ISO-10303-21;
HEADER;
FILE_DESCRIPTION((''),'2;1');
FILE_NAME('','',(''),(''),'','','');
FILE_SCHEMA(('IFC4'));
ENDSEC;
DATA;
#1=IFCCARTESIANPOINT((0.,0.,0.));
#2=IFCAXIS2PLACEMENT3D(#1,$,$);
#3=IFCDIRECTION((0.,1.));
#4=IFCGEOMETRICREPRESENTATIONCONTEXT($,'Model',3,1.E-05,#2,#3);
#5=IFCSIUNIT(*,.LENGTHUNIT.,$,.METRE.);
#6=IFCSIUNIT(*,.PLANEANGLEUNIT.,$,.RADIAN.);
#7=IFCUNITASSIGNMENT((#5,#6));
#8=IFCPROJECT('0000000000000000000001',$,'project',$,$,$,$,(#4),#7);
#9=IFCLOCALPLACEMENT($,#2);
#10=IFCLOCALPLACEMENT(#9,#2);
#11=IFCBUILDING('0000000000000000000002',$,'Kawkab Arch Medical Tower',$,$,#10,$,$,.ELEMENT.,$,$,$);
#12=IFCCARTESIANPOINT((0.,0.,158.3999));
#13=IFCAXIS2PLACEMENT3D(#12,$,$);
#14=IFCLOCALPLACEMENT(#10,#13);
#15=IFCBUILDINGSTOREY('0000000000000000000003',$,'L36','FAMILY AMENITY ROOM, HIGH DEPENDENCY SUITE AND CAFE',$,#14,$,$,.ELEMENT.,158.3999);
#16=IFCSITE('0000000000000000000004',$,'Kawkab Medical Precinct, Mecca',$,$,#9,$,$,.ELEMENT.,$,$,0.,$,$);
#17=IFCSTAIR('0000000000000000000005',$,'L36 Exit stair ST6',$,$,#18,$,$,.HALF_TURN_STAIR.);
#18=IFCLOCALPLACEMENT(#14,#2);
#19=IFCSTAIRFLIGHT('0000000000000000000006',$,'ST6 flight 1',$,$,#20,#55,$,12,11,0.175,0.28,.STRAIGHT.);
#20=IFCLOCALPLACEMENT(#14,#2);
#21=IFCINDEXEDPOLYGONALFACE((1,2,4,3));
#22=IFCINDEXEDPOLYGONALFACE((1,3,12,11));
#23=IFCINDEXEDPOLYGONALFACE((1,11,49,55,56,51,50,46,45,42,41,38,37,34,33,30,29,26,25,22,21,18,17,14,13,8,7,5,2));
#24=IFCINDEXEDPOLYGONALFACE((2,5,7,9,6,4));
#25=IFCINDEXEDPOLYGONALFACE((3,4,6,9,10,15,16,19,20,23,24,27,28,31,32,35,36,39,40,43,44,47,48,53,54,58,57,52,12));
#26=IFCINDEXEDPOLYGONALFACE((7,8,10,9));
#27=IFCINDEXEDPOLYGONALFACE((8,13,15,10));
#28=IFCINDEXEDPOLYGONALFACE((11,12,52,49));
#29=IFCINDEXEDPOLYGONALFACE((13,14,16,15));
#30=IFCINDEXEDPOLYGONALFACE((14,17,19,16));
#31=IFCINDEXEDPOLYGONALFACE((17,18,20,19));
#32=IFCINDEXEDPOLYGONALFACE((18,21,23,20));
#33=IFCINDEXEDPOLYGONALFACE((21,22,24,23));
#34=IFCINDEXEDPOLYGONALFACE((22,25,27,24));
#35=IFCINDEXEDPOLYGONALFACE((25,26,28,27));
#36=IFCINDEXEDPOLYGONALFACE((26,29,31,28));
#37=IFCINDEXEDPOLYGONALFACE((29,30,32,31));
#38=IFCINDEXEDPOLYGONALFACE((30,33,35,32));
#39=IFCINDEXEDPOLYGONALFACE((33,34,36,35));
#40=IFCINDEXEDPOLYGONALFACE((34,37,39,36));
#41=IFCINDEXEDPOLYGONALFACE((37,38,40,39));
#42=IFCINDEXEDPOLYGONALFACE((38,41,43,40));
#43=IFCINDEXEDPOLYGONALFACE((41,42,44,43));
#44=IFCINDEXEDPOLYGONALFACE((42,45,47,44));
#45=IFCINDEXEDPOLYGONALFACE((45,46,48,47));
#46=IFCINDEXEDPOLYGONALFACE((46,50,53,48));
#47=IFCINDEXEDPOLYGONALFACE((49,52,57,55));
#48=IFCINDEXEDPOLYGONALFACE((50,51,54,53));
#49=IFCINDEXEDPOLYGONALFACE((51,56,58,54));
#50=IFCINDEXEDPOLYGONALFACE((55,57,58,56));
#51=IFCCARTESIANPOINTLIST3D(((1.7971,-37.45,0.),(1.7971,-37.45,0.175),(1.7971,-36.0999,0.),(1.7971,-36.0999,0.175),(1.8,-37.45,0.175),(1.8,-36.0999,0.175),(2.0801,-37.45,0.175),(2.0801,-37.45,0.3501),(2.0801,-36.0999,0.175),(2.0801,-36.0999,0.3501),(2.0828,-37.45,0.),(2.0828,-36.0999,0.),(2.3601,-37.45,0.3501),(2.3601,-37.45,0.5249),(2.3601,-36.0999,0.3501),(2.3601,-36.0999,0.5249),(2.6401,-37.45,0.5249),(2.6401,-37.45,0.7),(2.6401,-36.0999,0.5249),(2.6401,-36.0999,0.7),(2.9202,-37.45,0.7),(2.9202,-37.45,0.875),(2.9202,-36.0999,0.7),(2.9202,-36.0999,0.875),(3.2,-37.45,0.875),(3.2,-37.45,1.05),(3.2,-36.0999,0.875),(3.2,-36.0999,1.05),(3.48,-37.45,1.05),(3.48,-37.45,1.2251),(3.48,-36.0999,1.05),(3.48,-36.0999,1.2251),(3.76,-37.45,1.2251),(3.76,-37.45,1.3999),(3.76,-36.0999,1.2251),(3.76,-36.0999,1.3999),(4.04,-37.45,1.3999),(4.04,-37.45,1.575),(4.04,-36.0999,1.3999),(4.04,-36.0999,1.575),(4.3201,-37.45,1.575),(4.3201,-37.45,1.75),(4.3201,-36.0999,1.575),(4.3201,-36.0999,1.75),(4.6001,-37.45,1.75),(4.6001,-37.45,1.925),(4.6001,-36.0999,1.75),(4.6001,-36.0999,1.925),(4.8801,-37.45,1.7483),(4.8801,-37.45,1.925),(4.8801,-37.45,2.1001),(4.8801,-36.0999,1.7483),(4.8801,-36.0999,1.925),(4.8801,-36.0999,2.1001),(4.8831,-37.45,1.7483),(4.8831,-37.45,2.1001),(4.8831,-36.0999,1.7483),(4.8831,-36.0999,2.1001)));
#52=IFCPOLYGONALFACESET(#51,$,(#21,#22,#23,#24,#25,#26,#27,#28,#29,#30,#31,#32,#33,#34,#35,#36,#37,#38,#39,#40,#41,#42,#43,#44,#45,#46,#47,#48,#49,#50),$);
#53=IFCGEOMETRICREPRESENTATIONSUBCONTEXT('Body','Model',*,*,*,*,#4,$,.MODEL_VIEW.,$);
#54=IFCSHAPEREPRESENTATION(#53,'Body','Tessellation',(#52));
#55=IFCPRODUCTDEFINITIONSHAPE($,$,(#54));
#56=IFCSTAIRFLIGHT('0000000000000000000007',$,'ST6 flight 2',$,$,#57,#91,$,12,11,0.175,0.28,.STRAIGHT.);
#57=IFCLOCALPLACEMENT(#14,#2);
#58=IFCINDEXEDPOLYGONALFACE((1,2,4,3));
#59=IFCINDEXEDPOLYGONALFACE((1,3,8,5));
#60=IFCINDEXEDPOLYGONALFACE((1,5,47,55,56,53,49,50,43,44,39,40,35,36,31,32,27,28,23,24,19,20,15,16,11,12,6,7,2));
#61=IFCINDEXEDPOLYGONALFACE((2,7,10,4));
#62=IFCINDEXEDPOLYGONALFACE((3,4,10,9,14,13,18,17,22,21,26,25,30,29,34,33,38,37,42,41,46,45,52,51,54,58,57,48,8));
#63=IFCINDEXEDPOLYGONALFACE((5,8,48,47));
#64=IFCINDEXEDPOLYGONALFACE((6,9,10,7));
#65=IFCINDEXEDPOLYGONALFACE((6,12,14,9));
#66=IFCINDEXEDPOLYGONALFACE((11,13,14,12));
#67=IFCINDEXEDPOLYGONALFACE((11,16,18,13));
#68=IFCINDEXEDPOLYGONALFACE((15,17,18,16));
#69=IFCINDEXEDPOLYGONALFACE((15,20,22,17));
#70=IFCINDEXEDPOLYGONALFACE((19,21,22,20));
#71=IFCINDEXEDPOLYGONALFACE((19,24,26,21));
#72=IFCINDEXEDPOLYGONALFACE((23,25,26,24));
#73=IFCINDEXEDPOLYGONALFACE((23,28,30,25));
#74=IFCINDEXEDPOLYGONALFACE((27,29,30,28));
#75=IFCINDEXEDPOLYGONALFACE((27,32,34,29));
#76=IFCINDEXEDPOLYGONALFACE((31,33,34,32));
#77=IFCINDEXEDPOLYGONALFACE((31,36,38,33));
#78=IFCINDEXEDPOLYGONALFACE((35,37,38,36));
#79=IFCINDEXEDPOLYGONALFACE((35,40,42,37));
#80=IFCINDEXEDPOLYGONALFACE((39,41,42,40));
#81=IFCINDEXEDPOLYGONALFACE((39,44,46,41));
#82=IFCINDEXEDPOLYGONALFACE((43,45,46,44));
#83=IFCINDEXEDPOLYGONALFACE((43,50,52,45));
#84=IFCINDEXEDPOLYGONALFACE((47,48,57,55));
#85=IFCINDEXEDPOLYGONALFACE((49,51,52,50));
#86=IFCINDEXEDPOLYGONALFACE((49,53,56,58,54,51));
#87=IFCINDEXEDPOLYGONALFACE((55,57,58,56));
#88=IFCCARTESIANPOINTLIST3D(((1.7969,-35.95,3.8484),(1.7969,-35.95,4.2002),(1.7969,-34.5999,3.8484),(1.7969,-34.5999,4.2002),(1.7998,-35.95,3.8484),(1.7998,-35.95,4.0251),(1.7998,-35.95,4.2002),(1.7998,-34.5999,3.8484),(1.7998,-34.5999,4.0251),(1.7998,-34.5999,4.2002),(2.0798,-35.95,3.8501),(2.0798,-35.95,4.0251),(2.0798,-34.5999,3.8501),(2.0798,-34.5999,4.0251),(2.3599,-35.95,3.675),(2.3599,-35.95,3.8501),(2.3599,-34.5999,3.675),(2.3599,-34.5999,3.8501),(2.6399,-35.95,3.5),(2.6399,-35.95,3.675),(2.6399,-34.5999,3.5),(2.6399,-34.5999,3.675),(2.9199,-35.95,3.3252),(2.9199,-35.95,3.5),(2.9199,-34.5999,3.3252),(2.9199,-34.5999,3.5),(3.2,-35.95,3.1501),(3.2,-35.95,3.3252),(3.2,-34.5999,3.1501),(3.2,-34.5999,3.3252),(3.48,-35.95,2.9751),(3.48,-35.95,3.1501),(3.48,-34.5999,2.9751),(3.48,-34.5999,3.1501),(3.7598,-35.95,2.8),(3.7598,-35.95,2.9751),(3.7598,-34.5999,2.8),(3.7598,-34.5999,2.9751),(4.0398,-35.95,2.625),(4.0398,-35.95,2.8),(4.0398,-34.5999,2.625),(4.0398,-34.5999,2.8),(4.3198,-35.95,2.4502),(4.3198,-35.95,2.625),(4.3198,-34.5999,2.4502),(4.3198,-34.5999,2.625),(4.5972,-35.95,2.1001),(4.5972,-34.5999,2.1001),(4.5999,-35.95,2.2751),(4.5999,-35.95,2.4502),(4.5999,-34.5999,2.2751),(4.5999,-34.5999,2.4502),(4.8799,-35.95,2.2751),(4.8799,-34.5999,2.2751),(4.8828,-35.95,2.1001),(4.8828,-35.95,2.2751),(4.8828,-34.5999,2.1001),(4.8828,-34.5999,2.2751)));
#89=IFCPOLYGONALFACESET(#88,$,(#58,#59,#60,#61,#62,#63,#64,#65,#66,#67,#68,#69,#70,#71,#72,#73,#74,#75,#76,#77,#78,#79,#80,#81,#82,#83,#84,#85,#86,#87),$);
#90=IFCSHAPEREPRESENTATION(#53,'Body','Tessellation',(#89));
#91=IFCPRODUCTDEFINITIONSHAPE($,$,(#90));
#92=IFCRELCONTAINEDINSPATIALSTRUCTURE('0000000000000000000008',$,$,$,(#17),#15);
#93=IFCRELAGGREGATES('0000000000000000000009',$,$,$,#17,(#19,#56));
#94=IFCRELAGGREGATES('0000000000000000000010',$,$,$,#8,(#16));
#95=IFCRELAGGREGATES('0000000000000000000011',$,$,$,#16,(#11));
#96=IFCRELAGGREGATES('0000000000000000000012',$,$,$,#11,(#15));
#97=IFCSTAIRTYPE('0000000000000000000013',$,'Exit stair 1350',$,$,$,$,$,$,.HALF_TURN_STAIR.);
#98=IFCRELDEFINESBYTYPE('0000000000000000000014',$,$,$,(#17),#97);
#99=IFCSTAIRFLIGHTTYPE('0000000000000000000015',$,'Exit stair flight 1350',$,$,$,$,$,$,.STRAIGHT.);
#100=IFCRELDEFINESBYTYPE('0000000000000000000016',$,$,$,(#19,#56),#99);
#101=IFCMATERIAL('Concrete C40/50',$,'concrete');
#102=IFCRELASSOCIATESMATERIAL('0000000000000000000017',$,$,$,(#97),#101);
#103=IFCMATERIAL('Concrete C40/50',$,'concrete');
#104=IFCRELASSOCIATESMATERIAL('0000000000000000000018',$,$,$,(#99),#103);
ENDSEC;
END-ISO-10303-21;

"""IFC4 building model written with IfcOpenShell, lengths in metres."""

from ifc_helpers import new_model, si_unit, direction, frame, origin, place, context, subcontext, project, spatial, polyline, outline, extrude, material, type_object, element, aggregate, save


model = new_model("IFC4")

# Units and contexts
model_context = context("Model", 3, precision=1e-05, world=origin(), true_north=direction((0.0, 1.0)))
body_context = subcontext(model_context, "Body", "Model", "MODEL_VIEW")
ifc_project = project(units=[si_unit("LENGTHUNIT", "METRE"), si_unit("PLANEANGLEUNIT", "RADIAN")], contexts=[model_context])

# Site, building, storey
site_placement = place(None, origin())
site = spatial("IfcSite", under=ifc_project, at=site_placement, Name="Kawkab Medical Precinct, Mecca", CompositionType="ELEMENT", RefElevation=0.0)
building_placement = place(site_placement, origin())
building = spatial("IfcBuilding", under=site, at=building_placement, Name="Kawkab Arch Medical Tower", CompositionType="ELEMENT")
storey_placement = place(building_placement, frame((0.0, 0.0, 158.3999)))
storey = spatial("IfcBuildingStorey", under=building, at=storey_placement, Name="L36", Description="FAMILY AMENITY ROOM, HIGH DEPENDENCY SUITE AND CAFE", CompositionType="ELEMENT", Elevation=158.3999)

# Shared definitions
ifc_material_1 = material(Name="Concrete C40/50", Category="concrete")
stair_type = type_object("IfcStairType", Name="Exit stair 1350", PredefinedType="HALF_TURN_STAIR", material=ifc_material_1)
placement = place(storey_placement, origin())
ifc_material_2 = material(Name="Concrete C40/50", Category="concrete")
stair_flight_type = type_object("IfcStairFlightType", Name="Exit stair flight 1350", PredefinedType="STRAIGHT", material=ifc_material_2)

# Stair, stair flights
stair_1 = element("IfcStair", 1, at=placement, inside=storey, type_object=stair_type, Name="L36 Exit stair ST6", PredefinedType="HALF_TURN_STAIR")
stair_flight_1_placement = place(storey_placement, frame((1.8, -36.7749, 0.0), z_axis=(0.0, 0.0, 1.0), x_axis=(1.0, 0.0, 0.0)))
stair_flight_1 = element("IfcStairFlight", 2, at=stair_flight_1_placement, type_object=stair_flight_type, Name="ST6 flight 1", NumberOfRisers=12, NumberOfTreads=11, PredefinedType="STRAIGHT", RiserHeight=0.175, TreadLength=0.28, context=body_context, shape_type="SweptSolid", body=[
    extrude(outline(polyline([(-0.0029, 0.0), (-0.0029, 0.175), (0.0, 0.175), (0.28, 0.175), (0.28, 0.3501), (0.5601, 0.3501), (0.5601, 0.5249), (0.8401, 0.5249), (0.8401, 0.7), (1.1201, 0.7), (1.1201, 0.875), (1.3999, 0.875), (1.3999, 1.05), (1.6799, 1.05), (1.6799, 1.2251), (1.96, 1.2251), (1.96, 1.3999), (2.24, 1.3999), (2.24, 1.575), (2.52, 1.575), (2.52, 1.75), (2.8, 1.75), (2.8, 1.925), (3.0801, 1.925), (3.0801, 2.1001), (3.083, 2.1001), (3.083, 1.7483), (3.0801, 1.7483), (0.2827, 0.0), (-0.0029, 0.0)])), frame((0.0, 0.675, 0.0), z_axis=(0.0, -1.0, 0.0), x_axis=(1.0, 0.0, 0.0)), (0.0, 0.0, 1.0), 1.3501),
])
stair_flight_2_placement = place(storey_placement, frame((4.8799, -35.2749, 2.1001), z_axis=(0.0, 0.0, 1.0), x_axis=(-1.0, 0.0, 0.0)))
stair_flight_2 = element("IfcStairFlight", 3, at=stair_flight_2_placement, type_object=stair_flight_type, Name="ST6 flight 2", NumberOfRisers=12, NumberOfTreads=11, PredefinedType="STRAIGHT", RiserHeight=0.175, TreadLength=0.28, context=body_context, shape_type="SweptSolid", body=[
    extrude(outline(polyline([(-0.0029, 0.0), (-0.0029, 0.175), (0.0, 0.175), (0.28, 0.175), (0.28, 0.3501), (0.5601, 0.3501), (0.5601, 0.5249), (0.8401, 0.5249), (0.8401, 0.7), (1.1201, 0.7), (1.1201, 0.875), (1.3999, 0.875), (1.3999, 1.05), (1.6799, 1.05), (1.6799, 1.2251), (1.96, 1.2251), (1.96, 1.3999), (2.24, 1.3999), (2.24, 1.575), (2.52, 1.575), (2.52, 1.75), (2.8, 1.75), (2.8, 1.925), (3.0801, 1.925), (3.0801, 2.1001), (3.083, 2.1001), (3.083, 1.7483), (3.0801, 1.7483), (0.2827, 0.0), (-0.0029, 0.0)])), frame((0.0, 0.675, 0.0), z_axis=(0.0, -1.0, 0.0), x_axis=(1.0, 0.0, 0.0)), (0.0, 0.0, 1.0), 1.3501),
])
aggregate(stair_1, [stair_flight_1, stair_flight_2])

save(model, "model.ifc")
